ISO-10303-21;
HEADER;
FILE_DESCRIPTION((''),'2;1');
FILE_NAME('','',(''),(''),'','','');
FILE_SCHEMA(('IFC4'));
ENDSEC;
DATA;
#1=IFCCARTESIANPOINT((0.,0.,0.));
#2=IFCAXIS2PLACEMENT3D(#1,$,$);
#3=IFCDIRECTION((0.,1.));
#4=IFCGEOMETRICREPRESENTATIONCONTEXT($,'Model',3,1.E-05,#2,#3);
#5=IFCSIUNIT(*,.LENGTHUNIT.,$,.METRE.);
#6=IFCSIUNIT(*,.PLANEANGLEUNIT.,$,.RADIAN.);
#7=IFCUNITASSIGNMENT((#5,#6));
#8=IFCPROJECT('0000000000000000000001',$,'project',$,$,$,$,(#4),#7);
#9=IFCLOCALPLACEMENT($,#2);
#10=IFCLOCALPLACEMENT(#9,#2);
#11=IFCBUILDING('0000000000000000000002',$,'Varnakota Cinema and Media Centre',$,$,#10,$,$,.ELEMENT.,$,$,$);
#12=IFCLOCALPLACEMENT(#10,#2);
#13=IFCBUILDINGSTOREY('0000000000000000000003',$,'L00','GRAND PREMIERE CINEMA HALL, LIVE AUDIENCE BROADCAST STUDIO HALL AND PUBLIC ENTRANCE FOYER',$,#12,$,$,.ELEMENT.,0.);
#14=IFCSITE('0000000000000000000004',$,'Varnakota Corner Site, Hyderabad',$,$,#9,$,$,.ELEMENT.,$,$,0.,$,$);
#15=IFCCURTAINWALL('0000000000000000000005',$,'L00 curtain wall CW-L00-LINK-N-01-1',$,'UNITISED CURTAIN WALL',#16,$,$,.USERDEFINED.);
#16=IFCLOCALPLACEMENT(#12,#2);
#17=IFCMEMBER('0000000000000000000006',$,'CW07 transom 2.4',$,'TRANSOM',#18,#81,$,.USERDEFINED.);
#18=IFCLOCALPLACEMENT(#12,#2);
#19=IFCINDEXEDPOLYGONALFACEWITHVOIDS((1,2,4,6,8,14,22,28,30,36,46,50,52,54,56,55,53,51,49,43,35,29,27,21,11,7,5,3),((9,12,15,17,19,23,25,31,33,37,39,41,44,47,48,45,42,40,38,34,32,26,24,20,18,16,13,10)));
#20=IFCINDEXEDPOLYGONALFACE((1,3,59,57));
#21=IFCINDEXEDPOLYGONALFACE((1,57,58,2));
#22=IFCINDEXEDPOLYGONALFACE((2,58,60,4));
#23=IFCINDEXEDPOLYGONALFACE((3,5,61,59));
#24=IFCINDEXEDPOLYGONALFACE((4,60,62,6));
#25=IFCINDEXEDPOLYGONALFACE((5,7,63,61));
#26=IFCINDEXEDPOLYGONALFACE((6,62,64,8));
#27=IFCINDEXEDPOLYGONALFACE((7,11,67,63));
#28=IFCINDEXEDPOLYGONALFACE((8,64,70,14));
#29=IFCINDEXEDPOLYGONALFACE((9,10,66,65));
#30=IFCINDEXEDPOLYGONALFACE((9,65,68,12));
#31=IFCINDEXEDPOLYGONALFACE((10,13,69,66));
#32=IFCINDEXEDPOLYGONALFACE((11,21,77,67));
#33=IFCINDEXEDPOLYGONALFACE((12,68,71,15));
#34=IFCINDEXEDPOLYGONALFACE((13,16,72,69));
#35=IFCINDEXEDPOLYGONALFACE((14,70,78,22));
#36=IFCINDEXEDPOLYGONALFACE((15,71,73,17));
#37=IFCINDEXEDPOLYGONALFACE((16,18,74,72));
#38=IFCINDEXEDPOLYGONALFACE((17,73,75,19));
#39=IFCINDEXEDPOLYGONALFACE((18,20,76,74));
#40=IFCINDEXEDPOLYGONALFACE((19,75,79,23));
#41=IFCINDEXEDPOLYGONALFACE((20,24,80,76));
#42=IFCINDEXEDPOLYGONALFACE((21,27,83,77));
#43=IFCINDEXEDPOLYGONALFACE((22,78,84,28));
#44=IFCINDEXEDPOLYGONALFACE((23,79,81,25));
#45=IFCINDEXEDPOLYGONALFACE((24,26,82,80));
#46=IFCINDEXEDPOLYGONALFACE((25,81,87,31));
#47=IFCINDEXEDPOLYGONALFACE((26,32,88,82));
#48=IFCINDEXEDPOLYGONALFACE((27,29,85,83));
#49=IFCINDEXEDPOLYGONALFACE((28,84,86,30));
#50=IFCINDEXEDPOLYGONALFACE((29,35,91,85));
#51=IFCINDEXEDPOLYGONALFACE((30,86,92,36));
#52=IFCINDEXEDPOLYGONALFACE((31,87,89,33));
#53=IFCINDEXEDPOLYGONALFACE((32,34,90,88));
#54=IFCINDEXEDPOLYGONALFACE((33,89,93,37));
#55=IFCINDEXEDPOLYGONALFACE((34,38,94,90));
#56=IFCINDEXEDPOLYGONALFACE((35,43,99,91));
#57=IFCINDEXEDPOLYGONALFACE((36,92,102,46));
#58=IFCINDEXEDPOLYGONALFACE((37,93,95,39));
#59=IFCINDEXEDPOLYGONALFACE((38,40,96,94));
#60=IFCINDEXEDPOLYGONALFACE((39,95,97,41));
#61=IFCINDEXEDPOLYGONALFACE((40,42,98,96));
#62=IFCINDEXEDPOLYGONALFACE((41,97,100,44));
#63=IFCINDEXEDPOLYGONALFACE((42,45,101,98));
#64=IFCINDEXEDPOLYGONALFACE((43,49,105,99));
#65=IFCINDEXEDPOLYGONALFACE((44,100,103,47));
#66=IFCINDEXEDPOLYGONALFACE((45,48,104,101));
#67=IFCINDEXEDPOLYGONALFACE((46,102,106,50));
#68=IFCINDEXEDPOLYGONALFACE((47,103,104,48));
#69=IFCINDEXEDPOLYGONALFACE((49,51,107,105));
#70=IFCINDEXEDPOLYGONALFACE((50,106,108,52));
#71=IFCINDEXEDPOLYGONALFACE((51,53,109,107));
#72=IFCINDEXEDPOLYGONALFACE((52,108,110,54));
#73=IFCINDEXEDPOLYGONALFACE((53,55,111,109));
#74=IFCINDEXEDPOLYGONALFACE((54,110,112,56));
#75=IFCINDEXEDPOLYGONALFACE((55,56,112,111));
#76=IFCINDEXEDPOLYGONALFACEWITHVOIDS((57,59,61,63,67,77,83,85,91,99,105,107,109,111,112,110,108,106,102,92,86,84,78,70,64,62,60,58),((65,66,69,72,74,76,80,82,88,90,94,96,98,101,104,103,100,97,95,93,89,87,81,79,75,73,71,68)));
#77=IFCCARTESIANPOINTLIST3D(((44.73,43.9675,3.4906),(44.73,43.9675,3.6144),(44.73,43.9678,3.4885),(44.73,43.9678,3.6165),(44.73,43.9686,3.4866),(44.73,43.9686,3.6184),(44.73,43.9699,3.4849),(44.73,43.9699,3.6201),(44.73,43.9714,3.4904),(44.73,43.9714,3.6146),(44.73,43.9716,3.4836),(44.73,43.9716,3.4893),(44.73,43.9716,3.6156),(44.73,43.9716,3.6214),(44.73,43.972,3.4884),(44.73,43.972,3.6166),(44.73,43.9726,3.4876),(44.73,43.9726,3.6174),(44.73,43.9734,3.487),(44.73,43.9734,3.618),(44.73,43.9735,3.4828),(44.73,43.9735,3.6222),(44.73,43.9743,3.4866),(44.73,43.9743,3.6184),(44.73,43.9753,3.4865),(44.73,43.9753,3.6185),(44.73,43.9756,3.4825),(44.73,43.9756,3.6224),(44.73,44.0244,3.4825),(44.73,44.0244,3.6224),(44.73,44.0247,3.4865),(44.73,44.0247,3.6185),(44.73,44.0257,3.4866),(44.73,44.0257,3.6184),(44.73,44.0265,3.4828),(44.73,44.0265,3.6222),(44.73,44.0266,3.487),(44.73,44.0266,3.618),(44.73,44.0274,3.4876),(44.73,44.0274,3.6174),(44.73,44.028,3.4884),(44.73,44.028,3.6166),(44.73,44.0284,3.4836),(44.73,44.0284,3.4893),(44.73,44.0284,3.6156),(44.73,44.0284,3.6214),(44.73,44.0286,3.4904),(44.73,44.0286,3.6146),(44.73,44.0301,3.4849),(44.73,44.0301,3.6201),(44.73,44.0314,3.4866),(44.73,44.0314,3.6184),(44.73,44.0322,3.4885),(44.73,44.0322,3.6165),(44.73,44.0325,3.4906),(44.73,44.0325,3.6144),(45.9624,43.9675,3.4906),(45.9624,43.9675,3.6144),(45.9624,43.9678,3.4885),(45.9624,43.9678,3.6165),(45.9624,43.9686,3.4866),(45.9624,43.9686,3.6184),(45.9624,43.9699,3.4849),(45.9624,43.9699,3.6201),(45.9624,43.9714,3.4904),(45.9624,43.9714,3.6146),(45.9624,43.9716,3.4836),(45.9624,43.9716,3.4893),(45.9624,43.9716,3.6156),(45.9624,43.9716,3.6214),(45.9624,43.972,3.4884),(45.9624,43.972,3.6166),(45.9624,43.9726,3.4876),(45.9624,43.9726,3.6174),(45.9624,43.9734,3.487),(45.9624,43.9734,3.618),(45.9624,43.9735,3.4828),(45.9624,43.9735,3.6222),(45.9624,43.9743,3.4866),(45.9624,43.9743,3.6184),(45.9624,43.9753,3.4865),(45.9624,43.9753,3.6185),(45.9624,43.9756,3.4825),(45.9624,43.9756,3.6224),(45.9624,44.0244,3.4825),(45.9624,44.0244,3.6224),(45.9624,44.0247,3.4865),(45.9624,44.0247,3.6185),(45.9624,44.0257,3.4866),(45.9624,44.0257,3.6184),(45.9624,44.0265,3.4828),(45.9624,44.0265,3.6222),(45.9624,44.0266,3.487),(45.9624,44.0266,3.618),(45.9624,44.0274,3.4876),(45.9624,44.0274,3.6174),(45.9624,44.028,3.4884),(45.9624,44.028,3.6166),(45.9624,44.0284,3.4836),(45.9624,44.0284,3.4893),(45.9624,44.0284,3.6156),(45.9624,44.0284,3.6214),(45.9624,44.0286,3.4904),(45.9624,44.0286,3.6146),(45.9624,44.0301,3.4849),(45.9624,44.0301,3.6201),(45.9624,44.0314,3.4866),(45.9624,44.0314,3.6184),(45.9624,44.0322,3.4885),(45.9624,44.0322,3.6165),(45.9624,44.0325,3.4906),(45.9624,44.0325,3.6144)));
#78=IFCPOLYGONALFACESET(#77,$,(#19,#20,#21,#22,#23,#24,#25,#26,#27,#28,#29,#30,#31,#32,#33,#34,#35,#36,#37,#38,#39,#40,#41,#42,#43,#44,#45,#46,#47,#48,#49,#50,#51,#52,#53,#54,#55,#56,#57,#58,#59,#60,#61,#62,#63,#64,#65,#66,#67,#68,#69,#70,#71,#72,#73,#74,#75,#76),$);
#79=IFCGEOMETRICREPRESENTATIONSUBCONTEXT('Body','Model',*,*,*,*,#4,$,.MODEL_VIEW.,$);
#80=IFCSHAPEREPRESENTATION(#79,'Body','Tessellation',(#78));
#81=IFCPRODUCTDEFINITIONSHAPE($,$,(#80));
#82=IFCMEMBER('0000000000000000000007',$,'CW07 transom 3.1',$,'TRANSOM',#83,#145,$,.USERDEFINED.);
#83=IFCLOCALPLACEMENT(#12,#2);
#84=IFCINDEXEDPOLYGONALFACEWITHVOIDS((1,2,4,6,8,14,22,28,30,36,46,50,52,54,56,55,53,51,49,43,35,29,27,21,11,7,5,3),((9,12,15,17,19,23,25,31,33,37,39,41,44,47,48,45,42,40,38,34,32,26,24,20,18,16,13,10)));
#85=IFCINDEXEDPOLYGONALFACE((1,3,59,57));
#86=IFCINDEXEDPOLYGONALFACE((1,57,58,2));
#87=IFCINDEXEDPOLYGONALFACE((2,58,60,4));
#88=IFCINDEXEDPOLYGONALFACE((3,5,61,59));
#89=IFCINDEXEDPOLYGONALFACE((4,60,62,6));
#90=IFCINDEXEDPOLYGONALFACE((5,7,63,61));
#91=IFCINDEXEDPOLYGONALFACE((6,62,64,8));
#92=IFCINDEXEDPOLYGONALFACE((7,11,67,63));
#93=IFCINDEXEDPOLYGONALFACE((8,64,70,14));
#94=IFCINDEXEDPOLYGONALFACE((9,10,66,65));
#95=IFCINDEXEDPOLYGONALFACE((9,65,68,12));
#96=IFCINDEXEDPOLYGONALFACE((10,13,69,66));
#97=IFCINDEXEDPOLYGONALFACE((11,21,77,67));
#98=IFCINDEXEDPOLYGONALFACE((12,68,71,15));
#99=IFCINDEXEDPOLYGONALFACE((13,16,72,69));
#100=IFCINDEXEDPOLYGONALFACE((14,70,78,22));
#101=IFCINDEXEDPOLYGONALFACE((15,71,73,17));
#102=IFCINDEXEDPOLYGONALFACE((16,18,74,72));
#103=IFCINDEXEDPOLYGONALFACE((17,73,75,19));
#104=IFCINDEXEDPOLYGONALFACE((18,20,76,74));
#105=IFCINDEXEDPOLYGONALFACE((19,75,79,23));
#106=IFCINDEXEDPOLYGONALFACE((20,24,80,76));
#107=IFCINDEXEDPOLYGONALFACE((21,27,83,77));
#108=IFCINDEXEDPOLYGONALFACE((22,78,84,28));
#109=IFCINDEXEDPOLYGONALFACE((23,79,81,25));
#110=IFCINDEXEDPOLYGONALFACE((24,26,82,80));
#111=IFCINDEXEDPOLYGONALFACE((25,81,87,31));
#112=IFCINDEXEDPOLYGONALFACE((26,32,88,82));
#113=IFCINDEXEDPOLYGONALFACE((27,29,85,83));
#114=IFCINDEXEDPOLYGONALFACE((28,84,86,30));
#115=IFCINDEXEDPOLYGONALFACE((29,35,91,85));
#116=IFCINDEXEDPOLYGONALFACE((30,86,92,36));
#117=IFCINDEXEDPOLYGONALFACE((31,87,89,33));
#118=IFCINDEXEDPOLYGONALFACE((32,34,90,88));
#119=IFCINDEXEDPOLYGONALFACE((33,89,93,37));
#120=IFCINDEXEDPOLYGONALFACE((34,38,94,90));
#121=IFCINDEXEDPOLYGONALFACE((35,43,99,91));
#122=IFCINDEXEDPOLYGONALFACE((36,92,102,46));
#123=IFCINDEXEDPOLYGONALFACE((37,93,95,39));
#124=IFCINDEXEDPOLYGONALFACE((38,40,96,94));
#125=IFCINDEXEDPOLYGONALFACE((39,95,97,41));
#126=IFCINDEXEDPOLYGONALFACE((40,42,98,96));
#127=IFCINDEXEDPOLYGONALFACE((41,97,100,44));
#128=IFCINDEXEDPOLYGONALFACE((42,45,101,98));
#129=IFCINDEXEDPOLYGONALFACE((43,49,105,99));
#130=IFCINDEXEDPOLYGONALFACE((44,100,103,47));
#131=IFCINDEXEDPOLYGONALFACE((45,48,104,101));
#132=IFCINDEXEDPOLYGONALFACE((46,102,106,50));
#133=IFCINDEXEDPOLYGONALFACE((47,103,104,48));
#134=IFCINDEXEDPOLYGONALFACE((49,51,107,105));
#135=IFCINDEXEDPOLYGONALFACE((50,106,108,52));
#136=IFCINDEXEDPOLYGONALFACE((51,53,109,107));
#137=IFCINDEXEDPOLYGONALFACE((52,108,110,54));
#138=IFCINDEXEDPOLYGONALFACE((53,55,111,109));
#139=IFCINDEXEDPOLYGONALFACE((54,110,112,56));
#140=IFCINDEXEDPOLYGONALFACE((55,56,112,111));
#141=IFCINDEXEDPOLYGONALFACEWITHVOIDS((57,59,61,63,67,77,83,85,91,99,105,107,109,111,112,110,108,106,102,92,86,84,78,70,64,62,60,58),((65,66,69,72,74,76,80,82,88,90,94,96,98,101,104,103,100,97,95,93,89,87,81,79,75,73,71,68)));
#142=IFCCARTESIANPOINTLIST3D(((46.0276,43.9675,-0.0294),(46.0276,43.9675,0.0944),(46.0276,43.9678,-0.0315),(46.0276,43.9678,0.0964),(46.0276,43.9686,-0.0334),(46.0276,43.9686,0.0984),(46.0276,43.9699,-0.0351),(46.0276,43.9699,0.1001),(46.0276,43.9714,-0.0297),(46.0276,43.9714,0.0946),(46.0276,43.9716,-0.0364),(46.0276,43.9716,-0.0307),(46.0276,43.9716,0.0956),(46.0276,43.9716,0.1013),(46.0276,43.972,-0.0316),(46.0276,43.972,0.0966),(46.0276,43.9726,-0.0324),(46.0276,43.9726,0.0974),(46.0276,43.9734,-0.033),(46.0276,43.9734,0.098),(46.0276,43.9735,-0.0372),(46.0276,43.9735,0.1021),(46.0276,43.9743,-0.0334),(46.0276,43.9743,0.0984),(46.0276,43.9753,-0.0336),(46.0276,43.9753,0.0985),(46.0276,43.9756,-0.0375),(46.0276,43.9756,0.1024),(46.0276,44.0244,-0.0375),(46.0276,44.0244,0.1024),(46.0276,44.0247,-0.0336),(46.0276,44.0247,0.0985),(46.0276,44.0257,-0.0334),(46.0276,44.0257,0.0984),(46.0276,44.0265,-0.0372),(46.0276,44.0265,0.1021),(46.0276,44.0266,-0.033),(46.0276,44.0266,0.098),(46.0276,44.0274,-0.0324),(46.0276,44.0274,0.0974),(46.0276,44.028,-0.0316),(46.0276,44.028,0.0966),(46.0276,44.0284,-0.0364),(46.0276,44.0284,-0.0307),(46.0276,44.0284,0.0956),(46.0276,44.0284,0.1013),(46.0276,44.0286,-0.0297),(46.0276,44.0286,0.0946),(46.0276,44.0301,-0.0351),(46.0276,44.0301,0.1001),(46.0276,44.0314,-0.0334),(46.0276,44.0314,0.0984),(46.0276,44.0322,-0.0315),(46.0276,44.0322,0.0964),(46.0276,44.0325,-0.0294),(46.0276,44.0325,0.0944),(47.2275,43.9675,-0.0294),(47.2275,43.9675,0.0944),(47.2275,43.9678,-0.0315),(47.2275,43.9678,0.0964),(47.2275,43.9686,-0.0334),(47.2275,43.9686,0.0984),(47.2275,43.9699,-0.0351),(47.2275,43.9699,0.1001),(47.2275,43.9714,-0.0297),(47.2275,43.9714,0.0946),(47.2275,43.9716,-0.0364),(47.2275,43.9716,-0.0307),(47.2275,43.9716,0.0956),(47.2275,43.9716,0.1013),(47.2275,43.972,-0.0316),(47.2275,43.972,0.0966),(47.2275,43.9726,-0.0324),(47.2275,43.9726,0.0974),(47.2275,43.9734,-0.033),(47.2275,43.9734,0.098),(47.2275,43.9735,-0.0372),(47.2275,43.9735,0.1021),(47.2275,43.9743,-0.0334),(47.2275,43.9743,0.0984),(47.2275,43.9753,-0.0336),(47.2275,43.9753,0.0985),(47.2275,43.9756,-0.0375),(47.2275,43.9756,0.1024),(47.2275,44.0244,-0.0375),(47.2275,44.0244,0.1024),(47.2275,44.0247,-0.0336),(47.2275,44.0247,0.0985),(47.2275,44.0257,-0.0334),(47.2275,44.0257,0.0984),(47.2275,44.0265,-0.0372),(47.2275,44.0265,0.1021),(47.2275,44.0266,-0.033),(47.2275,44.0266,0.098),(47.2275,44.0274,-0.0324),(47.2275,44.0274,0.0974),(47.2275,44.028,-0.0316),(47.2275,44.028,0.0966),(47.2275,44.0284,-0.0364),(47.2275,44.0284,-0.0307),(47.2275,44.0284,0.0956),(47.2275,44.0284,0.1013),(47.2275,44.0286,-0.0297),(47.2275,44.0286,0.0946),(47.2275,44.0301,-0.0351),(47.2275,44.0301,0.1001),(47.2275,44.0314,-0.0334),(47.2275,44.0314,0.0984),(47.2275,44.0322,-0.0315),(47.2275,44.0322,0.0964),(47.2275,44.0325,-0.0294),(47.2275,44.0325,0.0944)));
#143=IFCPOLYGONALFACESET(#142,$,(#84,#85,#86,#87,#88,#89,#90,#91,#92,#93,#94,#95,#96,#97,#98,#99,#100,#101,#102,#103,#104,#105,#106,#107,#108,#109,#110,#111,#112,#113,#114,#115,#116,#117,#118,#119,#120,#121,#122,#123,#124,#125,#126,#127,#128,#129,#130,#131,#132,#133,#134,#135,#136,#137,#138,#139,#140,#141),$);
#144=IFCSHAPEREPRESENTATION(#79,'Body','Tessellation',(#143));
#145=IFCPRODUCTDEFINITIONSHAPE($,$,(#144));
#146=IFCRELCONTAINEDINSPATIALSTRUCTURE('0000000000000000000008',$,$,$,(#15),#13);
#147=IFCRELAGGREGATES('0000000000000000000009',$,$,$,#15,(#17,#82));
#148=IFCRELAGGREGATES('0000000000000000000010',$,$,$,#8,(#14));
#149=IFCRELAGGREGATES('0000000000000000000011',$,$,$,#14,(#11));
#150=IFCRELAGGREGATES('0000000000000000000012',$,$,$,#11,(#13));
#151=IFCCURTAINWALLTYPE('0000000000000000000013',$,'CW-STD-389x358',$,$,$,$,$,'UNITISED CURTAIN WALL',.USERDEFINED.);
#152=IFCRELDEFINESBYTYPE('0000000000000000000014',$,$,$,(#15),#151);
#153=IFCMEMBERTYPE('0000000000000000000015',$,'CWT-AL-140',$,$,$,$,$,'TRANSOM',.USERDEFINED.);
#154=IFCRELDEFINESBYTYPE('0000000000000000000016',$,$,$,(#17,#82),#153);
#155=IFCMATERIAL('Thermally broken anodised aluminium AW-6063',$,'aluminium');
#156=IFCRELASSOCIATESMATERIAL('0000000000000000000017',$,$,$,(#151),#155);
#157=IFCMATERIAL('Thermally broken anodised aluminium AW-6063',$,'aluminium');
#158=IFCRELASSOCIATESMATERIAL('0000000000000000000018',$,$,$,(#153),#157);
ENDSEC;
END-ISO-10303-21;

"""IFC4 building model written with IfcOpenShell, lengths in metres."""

from ifc_helpers import new_model, si_unit, direction, frame, origin, origin_2d, place, context, subcontext, project, spatial, hollow_rectangle, extrude, material, material_profile, profile_set, type_object, element, aggregate, save


model = new_model("IFC4")

# Units and contexts
model_context = context("Model", 3, precision=1e-05, world=origin(), true_north=direction((0.0, 1.0)))
body_context = subcontext(model_context, "Body", "Model", "MODEL_VIEW")
ifc_project = project(units=[si_unit("LENGTHUNIT", "METRE"), si_unit("PLANEANGLEUNIT", "RADIAN")], contexts=[model_context])

# Site, building, storey
site_placement = place(None, origin())
site = spatial("IfcSite", under=ifc_project, at=site_placement, Name="Varnakota Corner Site, Hyderabad", CompositionType="ELEMENT", RefElevation=0.0)
building_placement = place(site_placement, origin())
building = spatial("IfcBuilding", under=site, at=building_placement, Name="Varnakota Cinema and Media Centre", CompositionType="ELEMENT")
storey_placement = place(building_placement, origin())
storey = spatial("IfcBuildingStorey", under=building, at=storey_placement, Name="L00", Description="GRAND PREMIERE CINEMA HALL, LIVE AUDIENCE BROADCAST STUDIO HALL AND PUBLIC ENTRANCE FOYER", CompositionType="ELEMENT", Elevation=0.0)

# Curtain wall
ifc_material_1 = material(Name="Thermally broken anodised aluminium AW-6063", Category="aluminium")
curtain_wall_type = type_object("IfcCurtainWallType", Name="CW-STD-389x358", ElementType="UNITISED CURTAIN WALL", PredefinedType="USERDEFINED", material=ifc_material_1)
curtain_wall_1_placement = place(storey_placement, origin())
curtain_wall_1 = element("IfcCurtainWall", 1, at=curtain_wall_1_placement, inside=storey, type_object=curtain_wall_type, Name="L00 curtain wall CW-L00-LINK-N-01-1", ObjectType="UNITISED CURTAIN WALL", PredefinedType="USERDEFINED")

# Members
ifc_material_2 = material(Name="Thermally broken anodised aluminium AW-6063", Category="aluminium")
ifc_material_profile_1 = material_profile(ifc_material_2, hollow_rectangle(XDim=0.0649, YDim=0.1399, WallThickness=0.0039, InnerFilletRadius=0.0039, OuterFilletRadius=0.0081, at=origin_2d()), Name="AL-TRANSOM 140x65x4")
ifc_profile_set_1 = profile_set([ifc_material_profile_1], Name="Thermally broken anodised aluminium AW-6063")
member_type_1 = type_object("IfcMemberType", Name="CWT-AL-140", ElementType="TRANSOM", PredefinedType="USERDEFINED", material=ifc_profile_set_1)
member_1_placement = place(storey_placement, frame((44.73, 44.0, 3.5525), z_axis=(1.0, 0.0, 0.0), x_axis=(0.0, 1.0, 0.0)))
member_1 = element("IfcMember", 2, at=member_1_placement, type_object=member_type_1, Name="CW07 transom 2.4", ObjectType="TRANSOM", PredefinedType="USERDEFINED", context=body_context, shape_type="SweptSolid", body=[
    extrude(hollow_rectangle(XDim=0.0649, YDim=0.1399, WallThickness=0.0039, InnerFilletRadius=0.0039, OuterFilletRadius=0.0081, at=origin_2d()), origin(), (0.0, 0.0, 1.0), 1.2324),
])
member_2_placement = place(storey_placement, frame((46.0276, 44.0, 0.0325), z_axis=(1.0, 0.0, 0.0), x_axis=(0.0, 1.0, 0.0)))
member_2 = element("IfcMember", 3, at=member_2_placement, type_object=member_type_1, Name="CW07 transom 3.1", ObjectType="TRANSOM", PredefinedType="USERDEFINED", context=body_context, shape_type="SweptSolid", body=[
    extrude(hollow_rectangle(XDim=0.0649, YDim=0.1399, WallThickness=0.0039, InnerFilletRadius=0.0039, OuterFilletRadius=0.0081, at=origin_2d()), origin(), (0.0, 0.0, 1.0), 1.2),
])

aggregate(curtain_wall_1, [member_1, member_2])

save(model, "model.ifc")
